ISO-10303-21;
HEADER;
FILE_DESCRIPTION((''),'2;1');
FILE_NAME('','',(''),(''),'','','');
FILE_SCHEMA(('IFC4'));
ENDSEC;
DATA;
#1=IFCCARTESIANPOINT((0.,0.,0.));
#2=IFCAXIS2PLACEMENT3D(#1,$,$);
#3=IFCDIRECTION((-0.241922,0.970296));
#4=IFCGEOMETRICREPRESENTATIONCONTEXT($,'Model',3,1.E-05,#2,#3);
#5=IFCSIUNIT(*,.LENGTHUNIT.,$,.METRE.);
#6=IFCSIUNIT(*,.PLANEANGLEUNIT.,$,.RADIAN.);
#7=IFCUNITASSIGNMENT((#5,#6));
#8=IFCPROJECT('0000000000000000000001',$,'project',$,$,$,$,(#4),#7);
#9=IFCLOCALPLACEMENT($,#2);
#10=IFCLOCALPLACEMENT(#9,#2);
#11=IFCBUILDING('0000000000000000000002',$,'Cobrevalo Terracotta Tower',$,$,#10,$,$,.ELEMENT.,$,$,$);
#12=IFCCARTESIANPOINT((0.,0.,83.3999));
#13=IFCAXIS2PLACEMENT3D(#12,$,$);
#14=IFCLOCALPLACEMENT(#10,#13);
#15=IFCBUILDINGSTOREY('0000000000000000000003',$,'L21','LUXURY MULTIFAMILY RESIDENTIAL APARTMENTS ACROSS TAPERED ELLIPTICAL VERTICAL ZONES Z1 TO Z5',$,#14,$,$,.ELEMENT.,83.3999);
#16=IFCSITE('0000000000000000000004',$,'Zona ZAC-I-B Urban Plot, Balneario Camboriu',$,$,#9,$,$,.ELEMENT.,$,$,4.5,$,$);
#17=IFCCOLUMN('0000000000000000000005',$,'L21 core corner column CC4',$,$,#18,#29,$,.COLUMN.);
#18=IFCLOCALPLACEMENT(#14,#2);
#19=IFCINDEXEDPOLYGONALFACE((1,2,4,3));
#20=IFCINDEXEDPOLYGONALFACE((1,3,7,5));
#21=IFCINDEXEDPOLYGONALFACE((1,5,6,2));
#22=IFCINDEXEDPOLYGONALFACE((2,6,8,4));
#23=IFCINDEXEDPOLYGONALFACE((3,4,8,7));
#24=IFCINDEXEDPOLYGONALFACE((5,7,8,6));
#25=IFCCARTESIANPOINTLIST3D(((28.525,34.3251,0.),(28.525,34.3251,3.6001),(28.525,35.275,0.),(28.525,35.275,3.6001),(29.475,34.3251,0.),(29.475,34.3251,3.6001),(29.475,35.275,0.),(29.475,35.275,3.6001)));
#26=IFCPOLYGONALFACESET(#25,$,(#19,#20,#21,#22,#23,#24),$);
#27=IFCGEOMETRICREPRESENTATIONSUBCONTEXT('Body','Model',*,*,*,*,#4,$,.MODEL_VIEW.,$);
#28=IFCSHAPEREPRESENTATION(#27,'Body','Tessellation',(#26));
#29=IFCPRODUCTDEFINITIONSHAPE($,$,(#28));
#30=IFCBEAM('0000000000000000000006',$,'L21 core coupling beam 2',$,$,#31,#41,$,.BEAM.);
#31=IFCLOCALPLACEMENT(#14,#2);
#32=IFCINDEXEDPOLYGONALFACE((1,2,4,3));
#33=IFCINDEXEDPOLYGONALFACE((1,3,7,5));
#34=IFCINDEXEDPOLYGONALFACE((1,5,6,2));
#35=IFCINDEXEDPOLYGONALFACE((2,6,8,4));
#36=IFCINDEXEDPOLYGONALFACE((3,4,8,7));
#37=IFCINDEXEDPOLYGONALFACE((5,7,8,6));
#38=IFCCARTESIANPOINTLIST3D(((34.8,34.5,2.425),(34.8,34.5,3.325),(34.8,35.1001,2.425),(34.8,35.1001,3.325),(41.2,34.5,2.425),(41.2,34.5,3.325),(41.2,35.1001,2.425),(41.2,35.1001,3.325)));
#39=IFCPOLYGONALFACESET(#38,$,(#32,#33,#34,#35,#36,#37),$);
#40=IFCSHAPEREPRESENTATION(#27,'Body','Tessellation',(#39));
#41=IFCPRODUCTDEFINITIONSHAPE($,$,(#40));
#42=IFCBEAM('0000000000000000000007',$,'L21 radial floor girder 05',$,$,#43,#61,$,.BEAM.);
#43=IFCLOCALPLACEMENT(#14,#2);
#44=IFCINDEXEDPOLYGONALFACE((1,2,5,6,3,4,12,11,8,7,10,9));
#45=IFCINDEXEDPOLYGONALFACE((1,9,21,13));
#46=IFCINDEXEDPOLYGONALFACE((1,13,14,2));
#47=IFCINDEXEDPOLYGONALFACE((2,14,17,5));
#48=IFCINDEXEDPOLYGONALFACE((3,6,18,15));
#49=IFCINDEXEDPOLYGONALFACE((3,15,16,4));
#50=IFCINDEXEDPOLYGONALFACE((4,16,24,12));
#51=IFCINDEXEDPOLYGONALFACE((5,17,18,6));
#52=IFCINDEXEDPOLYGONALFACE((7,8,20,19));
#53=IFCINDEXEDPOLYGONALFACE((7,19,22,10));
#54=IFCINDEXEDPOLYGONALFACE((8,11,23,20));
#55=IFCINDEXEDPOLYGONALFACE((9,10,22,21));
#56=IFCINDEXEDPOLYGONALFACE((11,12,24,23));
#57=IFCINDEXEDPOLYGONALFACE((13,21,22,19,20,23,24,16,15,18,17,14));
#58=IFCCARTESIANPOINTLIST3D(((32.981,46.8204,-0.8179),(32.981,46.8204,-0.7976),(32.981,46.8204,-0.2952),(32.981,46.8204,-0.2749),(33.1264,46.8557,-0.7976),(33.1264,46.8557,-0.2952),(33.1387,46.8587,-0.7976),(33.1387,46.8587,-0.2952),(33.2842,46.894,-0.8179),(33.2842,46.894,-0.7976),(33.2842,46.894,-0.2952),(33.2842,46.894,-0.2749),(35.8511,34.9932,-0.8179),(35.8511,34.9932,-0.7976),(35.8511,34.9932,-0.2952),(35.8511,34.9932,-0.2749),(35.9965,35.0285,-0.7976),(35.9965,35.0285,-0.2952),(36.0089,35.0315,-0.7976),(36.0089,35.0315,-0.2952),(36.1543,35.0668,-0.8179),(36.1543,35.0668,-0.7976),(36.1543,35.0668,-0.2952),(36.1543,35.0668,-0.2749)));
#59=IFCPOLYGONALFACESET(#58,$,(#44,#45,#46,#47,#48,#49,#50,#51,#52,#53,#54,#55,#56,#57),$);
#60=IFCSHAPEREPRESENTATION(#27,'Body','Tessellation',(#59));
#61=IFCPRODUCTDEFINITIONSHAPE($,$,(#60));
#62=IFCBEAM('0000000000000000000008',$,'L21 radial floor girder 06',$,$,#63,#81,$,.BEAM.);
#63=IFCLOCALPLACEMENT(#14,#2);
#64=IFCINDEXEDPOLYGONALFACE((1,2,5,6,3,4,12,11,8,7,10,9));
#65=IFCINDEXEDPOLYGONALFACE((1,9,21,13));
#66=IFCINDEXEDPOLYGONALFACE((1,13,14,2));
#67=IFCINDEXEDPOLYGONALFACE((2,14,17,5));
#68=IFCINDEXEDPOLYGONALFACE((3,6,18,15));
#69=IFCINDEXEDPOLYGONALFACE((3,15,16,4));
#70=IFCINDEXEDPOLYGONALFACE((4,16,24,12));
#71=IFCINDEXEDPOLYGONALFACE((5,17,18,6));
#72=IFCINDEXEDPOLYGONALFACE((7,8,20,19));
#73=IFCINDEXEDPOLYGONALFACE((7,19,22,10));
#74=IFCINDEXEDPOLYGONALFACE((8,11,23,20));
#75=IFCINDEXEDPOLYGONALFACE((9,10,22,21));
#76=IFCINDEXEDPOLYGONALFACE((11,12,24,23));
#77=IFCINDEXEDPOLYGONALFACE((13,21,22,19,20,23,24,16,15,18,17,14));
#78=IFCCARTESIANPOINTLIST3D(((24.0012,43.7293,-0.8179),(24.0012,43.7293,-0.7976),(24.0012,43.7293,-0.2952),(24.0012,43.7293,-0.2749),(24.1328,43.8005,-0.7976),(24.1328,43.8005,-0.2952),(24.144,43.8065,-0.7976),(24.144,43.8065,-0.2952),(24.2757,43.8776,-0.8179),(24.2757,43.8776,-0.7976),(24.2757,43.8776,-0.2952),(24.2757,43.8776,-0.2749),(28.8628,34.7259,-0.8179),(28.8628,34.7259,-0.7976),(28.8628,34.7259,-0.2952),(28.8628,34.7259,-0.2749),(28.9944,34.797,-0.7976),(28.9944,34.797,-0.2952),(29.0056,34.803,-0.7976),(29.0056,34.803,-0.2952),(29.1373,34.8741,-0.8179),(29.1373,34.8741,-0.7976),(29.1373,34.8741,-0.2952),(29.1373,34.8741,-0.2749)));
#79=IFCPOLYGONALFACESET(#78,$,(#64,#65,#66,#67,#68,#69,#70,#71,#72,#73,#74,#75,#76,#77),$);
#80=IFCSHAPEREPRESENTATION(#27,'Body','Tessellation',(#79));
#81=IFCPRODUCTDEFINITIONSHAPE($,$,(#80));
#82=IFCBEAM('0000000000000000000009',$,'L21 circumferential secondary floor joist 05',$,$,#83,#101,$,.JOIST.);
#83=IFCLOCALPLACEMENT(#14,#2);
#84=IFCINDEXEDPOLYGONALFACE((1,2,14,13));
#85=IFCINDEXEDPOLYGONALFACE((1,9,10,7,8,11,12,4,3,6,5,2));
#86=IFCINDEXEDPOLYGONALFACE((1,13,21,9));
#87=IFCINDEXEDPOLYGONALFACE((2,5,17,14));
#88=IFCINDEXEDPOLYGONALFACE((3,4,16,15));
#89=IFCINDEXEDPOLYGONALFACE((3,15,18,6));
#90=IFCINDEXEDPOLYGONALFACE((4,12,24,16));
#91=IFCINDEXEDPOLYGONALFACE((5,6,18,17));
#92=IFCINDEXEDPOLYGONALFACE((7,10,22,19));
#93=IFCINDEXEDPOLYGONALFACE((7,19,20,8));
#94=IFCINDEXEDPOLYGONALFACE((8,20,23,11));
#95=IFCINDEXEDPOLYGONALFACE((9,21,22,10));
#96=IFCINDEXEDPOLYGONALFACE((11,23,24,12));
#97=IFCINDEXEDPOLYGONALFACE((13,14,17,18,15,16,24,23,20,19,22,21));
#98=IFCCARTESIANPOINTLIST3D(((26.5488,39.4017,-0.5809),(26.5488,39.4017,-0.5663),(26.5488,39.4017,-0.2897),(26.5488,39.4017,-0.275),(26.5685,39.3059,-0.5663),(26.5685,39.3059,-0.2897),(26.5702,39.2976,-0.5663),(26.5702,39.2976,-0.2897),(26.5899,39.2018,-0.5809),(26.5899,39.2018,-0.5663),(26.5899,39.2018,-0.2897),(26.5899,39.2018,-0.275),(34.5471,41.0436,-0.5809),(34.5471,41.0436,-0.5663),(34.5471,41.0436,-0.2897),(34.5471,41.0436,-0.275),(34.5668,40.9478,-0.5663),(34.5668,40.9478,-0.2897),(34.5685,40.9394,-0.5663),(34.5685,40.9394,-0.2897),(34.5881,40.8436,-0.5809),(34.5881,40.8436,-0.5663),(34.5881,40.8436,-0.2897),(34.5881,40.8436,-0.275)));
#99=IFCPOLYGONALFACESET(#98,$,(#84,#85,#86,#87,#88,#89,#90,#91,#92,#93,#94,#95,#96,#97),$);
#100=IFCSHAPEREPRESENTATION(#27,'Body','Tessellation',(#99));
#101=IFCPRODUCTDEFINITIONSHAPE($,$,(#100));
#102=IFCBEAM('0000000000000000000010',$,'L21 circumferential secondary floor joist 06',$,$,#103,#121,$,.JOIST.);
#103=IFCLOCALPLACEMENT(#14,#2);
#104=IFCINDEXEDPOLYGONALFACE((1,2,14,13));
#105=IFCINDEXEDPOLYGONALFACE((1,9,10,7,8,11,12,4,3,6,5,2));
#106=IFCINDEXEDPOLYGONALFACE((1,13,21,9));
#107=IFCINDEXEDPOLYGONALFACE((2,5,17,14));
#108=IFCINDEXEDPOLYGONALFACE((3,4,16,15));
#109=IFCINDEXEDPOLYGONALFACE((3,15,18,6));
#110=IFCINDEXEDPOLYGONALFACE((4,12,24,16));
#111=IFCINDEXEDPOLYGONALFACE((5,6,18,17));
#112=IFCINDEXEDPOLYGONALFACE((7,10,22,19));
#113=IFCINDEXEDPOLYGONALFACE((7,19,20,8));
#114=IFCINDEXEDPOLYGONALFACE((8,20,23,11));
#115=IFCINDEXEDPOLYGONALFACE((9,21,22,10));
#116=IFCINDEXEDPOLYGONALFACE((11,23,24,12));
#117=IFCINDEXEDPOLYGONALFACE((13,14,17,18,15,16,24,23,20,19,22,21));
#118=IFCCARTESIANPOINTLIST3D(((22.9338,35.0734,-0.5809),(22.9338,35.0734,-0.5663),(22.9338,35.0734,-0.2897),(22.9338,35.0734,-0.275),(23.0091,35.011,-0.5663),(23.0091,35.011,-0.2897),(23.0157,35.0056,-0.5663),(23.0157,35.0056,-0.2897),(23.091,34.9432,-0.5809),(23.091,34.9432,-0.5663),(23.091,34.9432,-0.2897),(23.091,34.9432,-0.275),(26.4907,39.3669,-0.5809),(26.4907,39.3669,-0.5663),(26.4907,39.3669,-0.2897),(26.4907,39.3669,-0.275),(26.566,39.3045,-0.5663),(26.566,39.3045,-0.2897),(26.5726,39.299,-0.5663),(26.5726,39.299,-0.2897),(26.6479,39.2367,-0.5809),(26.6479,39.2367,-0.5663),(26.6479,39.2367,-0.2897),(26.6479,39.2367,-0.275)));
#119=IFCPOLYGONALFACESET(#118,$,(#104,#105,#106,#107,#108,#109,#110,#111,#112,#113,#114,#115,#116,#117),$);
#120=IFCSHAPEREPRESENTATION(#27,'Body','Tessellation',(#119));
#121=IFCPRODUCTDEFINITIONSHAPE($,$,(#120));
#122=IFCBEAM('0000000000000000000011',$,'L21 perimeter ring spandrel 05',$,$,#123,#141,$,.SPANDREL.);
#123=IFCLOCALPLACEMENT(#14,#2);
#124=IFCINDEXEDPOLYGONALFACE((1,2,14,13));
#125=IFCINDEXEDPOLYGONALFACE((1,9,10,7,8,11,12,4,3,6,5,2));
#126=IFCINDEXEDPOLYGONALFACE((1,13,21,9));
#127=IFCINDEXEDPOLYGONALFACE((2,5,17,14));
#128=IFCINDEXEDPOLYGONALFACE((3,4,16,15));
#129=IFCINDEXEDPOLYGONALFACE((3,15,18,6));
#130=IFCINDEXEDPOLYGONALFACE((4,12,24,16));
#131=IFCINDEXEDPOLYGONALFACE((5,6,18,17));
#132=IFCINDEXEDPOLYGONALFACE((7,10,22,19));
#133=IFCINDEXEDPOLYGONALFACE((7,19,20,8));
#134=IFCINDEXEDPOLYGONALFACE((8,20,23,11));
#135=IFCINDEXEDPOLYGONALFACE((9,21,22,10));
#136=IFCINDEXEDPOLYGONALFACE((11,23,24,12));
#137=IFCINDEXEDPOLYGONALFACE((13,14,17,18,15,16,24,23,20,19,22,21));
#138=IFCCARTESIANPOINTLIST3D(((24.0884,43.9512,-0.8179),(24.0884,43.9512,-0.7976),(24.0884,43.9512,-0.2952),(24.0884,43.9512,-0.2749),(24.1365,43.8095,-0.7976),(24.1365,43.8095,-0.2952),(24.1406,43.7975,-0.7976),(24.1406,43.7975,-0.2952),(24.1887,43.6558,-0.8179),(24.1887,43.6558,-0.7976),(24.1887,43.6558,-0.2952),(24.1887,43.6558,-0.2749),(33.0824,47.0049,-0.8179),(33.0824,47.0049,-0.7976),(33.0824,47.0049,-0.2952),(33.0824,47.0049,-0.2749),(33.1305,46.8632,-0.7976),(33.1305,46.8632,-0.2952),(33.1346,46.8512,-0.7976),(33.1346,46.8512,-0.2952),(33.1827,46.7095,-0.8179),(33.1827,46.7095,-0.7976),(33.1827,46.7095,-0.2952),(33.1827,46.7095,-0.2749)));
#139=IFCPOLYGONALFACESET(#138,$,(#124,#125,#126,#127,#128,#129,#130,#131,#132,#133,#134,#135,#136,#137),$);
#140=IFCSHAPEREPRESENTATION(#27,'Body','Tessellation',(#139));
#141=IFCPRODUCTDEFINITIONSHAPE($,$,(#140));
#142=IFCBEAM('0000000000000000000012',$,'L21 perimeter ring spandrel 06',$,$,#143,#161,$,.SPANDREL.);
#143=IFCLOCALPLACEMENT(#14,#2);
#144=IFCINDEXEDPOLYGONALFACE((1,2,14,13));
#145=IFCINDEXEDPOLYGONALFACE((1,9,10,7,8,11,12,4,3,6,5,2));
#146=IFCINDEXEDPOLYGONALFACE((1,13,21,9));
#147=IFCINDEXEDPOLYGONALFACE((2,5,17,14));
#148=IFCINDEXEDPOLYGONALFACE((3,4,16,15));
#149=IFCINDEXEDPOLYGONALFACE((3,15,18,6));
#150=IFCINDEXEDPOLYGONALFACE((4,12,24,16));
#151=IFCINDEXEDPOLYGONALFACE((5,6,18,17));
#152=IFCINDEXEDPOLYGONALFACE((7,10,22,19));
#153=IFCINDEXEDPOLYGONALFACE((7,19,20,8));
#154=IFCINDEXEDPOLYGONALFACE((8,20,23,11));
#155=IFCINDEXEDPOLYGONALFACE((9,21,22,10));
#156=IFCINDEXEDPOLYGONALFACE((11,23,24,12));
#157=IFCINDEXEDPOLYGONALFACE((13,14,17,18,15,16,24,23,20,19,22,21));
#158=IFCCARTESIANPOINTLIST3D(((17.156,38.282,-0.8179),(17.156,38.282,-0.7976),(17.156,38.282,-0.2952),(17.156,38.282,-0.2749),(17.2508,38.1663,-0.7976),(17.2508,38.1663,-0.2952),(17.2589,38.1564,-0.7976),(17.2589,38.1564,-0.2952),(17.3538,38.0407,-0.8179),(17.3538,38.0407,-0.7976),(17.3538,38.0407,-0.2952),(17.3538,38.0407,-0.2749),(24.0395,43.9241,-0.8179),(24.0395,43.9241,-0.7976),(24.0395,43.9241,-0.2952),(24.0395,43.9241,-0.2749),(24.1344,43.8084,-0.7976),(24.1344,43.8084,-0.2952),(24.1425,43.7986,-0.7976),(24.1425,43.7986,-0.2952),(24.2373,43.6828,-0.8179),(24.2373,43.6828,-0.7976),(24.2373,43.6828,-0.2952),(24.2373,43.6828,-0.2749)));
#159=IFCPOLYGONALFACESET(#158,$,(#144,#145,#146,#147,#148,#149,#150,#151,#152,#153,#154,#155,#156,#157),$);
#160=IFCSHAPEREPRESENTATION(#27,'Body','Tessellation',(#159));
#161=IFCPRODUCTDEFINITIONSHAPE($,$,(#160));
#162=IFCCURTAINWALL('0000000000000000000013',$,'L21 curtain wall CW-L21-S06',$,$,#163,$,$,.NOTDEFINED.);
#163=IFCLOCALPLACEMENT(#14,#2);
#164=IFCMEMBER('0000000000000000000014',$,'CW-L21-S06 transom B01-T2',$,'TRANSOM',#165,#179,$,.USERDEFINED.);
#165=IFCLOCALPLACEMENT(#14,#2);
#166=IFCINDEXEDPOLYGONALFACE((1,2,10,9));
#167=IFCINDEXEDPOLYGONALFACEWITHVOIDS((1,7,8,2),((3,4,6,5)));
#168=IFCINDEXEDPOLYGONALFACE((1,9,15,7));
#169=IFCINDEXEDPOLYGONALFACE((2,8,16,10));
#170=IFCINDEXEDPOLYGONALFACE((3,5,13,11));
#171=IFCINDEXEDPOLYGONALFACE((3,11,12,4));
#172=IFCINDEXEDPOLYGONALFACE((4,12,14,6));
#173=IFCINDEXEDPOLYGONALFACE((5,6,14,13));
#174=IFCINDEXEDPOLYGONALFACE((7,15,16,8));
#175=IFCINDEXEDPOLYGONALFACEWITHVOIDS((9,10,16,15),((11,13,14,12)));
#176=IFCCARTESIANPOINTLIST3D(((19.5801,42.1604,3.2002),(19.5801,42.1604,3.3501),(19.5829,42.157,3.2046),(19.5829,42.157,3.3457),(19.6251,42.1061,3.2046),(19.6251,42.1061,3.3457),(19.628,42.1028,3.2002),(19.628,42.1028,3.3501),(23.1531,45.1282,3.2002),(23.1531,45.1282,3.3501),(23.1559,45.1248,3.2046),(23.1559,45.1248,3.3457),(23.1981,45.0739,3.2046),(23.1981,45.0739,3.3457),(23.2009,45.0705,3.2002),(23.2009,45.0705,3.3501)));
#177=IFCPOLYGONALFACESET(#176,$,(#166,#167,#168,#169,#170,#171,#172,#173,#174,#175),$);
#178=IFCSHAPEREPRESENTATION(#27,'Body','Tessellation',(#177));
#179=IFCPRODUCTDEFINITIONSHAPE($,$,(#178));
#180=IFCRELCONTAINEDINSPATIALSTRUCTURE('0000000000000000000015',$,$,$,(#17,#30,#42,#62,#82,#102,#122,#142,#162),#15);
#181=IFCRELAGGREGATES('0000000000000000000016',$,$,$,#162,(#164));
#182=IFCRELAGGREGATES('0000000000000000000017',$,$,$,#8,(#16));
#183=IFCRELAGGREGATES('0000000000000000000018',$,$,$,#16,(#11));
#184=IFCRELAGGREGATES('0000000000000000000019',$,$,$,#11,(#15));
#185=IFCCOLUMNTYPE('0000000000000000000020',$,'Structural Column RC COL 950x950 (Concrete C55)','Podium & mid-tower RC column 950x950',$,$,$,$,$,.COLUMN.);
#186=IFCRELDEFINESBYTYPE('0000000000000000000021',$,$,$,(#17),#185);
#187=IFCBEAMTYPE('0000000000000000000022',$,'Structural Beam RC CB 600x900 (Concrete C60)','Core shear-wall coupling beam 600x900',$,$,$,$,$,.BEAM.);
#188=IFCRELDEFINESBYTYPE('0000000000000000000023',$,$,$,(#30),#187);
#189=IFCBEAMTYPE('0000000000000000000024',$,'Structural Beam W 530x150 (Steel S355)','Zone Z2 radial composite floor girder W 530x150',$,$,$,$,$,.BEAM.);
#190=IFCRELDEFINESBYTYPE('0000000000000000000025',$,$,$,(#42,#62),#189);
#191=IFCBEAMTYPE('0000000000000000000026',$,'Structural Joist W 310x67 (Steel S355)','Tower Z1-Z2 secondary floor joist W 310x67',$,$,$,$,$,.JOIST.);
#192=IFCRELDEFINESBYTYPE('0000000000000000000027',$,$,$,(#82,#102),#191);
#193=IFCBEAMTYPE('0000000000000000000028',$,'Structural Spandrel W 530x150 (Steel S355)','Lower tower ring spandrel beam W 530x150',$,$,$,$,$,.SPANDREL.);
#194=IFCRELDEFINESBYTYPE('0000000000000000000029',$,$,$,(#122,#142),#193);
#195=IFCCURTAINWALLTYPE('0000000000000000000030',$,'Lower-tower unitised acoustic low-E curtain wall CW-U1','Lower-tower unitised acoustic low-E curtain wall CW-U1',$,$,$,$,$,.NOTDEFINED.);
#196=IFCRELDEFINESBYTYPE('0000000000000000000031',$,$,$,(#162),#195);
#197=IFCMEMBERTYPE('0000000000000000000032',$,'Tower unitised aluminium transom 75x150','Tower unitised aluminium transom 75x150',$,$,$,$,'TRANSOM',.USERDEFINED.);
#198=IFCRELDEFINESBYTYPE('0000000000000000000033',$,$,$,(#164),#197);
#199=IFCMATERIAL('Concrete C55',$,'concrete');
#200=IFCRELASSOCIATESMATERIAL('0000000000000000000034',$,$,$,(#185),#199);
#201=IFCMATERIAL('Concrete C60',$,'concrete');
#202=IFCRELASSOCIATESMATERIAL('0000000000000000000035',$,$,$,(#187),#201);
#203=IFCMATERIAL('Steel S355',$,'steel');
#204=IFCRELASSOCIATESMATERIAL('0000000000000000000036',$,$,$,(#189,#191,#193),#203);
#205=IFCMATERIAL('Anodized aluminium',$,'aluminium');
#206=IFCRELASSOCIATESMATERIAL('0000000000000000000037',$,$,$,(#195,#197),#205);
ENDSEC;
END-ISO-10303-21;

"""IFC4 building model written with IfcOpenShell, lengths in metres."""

from ifc_helpers import new_model, si_unit, direction, frame, origin, origin_2d, place, context, subcontext, project, spatial, rectangle, hollow_rectangle, i_section, extrude, source, transform, mapped, material, material_profile, profile_set, type_object, element, aggregate, save


model = new_model("IFC4")

# Units and contexts
model_context = context("Model", 3, precision=1e-05, world=origin(), true_north=direction((-0.241922, 0.970296)))
body_context = subcontext(model_context, "Body", "Model", "MODEL_VIEW")
ifc_project = project(units=[si_unit("LENGTHUNIT", "METRE"), si_unit("PLANEANGLEUNIT", "RADIAN")], contexts=[model_context])

# Site, building, storey
site_placement = place(None, origin())
site = spatial("IfcSite", under=ifc_project, at=site_placement, Name="Zona ZAC-I-B Urban Plot, Balneario Camboriu", CompositionType="ELEMENT", RefElevation=4.5)
building_placement = place(site_placement, origin())
building = spatial("IfcBuilding", under=site, at=building_placement, Name="Cobrevalo Terracotta Tower", CompositionType="ELEMENT")
storey_placement = place(building_placement, frame((0.0, 0.0, 83.3999)))
storey = spatial("IfcBuildingStorey", under=building, at=storey_placement, Name="L21", Description="LUXURY MULTIFAMILY RESIDENTIAL APARTMENTS ACROSS TAPERED ELLIPTICAL VERTICAL ZONES Z1 TO Z5", CompositionType="ELEMENT", Elevation=83.3999)

# Column
ifc_material_1 = material(Name="Steel S355", Category="steel")
ifc_material_2 = material(Name="Concrete C55", Category="concrete")
ifc_material_profile_1 = material_profile(ifc_material_2, rectangle(XDim=0.95, YDim=0.95, at=origin_2d()), Name="RC COL 950x950")
ifc_profile_set_1 = profile_set([ifc_material_profile_1], Name="Concrete C55")
column_type_1 = type_object("IfcColumnType", Name="Structural Column RC COL 950x950 (Concrete C55)", Description="Podium & mid-tower RC column 950x950", PredefinedType="COLUMN", material=ifc_profile_set_1)
column_placement = place(storey_placement, frame((29.0, 34.8, 0.0), z_axis=(0.0, 0.0, 1.0), x_axis=(1.0, 0.0, 0.0)))
element("IfcColumn", 1, at=column_placement, inside=storey, type_object=column_type_1, Name="L21 core corner column CC4", PredefinedType="COLUMN", context=body_context, shape_type="SweptSolid", body=[
    extrude(rectangle(XDim=0.95, YDim=0.95, at=origin_2d()), origin(), (0.0, 0.0, 1.0), 3.6001),
])

# Beams
ifc_material_3 = material(Name="Concrete C60", Category="concrete")
ifc_material_profile_2 = material_profile(ifc_material_3, rectangle(XDim=0.6001, YDim=0.8999, at=origin_2d()), Name="RC CB 600x900")
ifc_profile_set_2 = profile_set([ifc_material_profile_2], Name="Concrete C60")
beam_type_1 = type_object("IfcBeamType", Name="Structural Beam RC CB 600x900 (Concrete C60)", Description="Core shear-wall coupling beam 600x900", PredefinedType="BEAM", material=ifc_profile_set_2)
beam_1_placement = place(storey_placement, frame((34.8, 34.8, 2.875), z_axis=(1.0, 0.0, 0.0), x_axis=(0.0, 1.0, 0.0)))
element("IfcBeam", 2, at=beam_1_placement, inside=storey, type_object=beam_type_1, Name="L21 core coupling beam 2", PredefinedType="BEAM", context=body_context, shape_type="SweptSolid", body=[
    extrude(rectangle(XDim=0.6001, YDim=0.8999, at=origin_2d()), origin(), (0.0, 0.0, 1.0), 6.3999),
])
ifc_material_profile_3 = material_profile(ifc_material_1, i_section(OverallWidth=0.312, OverallDepth=0.543, WebThickness=0.0127, FlangeThickness=0.0203, at=origin_2d()), Name="W 530x150")
ifc_profile_set_3 = profile_set([ifc_material_profile_3], Name="Steel S355")
beam_type_2 = type_object("IfcBeamType", Name="Structural Beam W 530x150 (Steel S355)", Description="Zone Z2 radial composite floor girder W 530x150", PredefinedType="BEAM", material=ifc_profile_set_3)
beam_2_placement = place(storey_placement, frame((33.1326, 46.8572, -0.5464), z_axis=(0.235827, -0.971795, 0.0), x_axis=(0.971795, 0.235827, 0.0)))
element("IfcBeam", 3, at=beam_2_placement, inside=storey, type_object=beam_type_2, Name="L21 radial floor girder 05", PredefinedType="BEAM", context=body_context, shape_type="SweptSolid", body=[
    extrude(i_section(OverallWidth=0.312, OverallDepth=0.543, WebThickness=0.0127, FlangeThickness=0.0203, at=origin_2d()), origin(), (0.0, 0.0, 1.0), 12.1704),
])
beam_3_placement = place(storey_placement, frame((24.1384, 43.8035, -0.5464), z_axis=(0.475128, -0.879917, 0.0), x_axis=(0.879917, 0.475128, 0.0)))
element("IfcBeam", 4, at=beam_3_placement, inside=storey, type_object=beam_type_2, Name="L21 radial floor girder 06", PredefinedType="BEAM", context=body_context, shape_type="SweptSolid", body=[
    extrude(i_section(OverallWidth=0.312, OverallDepth=0.543, WebThickness=0.0127, FlangeThickness=0.0203, at=origin_2d()), origin(), (0.0, 0.0, 1.0), 10.2322),
])
ifc_material_profile_4 = material_profile(ifc_material_1, i_section(OverallWidth=0.2041, OverallDepth=0.3059, WebThickness=0.0085, FlangeThickness=0.0146, at=origin_2d()), Name="W 310x67")
ifc_profile_set_4 = profile_set([ifc_material_profile_4], Name="Steel S355")
beam_type_3 = type_object("IfcBeamType", Name="Structural Joist W 310x67 (Steel S355)", Description="Tower Z1-Z2 secondary floor joist W 310x67", PredefinedType="JOIST", material=ifc_profile_set_4)
beam_4_placement = place(storey_placement, frame((34.5676, 40.9436, -0.428), z_axis=(-0.979574, -0.201082, 0.0), x_axis=(0.201082, -0.979574, 0.0)))
element("IfcBeam", 5, at=beam_4_placement, inside=storey, type_object=beam_type_3, Name="L21 circumferential secondary floor joist 05", PredefinedType="JOIST", context=body_context, shape_type="SweptSolid", body=[
    extrude(i_section(OverallWidth=0.2041, OverallDepth=0.3059, WebThickness=0.0085, FlangeThickness=0.0146, at=origin_2d()), origin(), (0.0, 0.0, 1.0), 8.165),
])
beam_5_placement = place(storey_placement, frame((26.5693, 39.3018, -0.428), z_axis=(-0.637959, -0.77007, 0.0), x_axis=(0.77007, -0.637959, 0.0)))
element("IfcBeam", 6, at=beam_5_placement, inside=storey, type_object=beam_type_3, Name="L21 circumferential secondary floor joist 06", PredefinedType="JOIST", context=body_context, shape_type="SweptSolid", body=[
    extrude(i_section(OverallWidth=0.2041, OverallDepth=0.3059, WebThickness=0.0085, FlangeThickness=0.0146, at=origin_2d()), origin(), (0.0, 0.0, 1.0), 5.5754),
])
ifc_material_profile_5 = material_profile(ifc_material_1, i_section(OverallWidth=0.312, OverallDepth=0.543, WebThickness=0.0127, FlangeThickness=0.0203, at=origin_2d()), Name="W 530x150")
ifc_profile_set_5 = profile_set([ifc_material_profile_5], Name="Steel S355")
beam_type_4 = type_object("IfcBeamType", Name="Structural Spandrel W 530x150 (Steel S355)", Description="Lower tower ring spandrel beam W 530x150", PredefinedType="SPANDREL", material=ifc_profile_set_5)
beam_6_placement = place(storey_placement, frame((33.1326, 46.8572, -0.5464), z_axis=(-0.946911, -0.321497, 0.0), x_axis=(0.321497, -0.946911, 0.0)))
element("IfcBeam", 7, at=beam_6_placement, inside=storey, type_object=beam_type_4, Name="L21 perimeter ring spandrel 05", PredefinedType="SPANDREL", context=body_context, shape_type="SweptSolid", body=[
    extrude(i_section(OverallWidth=0.312, OverallDepth=0.543, WebThickness=0.0127, FlangeThickness=0.0203, at=origin_2d()), origin(), (0.0, 0.0, 1.0), 9.4983),
])
beam_7_placement = place(storey_placement, frame((24.1384, 43.8035, -0.5464), z_axis=(-0.773401, -0.633917, 0.0), x_axis=(0.633917, -0.773401, 0.0)))
element("IfcBeam", 8, at=beam_7_placement, inside=storey, type_object=beam_type_4, Name="L21 perimeter ring spandrel 06", PredefinedType="SPANDREL", context=body_context, shape_type="SweptSolid", body=[
    extrude(i_section(OverallWidth=0.312, OverallDepth=0.543, WebThickness=0.0127, FlangeThickness=0.0203, at=origin_2d()), origin(), (0.0, 0.0, 1.0), 8.9004),
])

# Curtain wall, member
ifc_material_4 = material(Name="Anodized aluminium", Category="aluminium")
curtain_wall_type = type_object("IfcCurtainWallType", Name="Lower-tower unitised acoustic low-E curtain wall CW-U1", Description="Lower-tower unitised acoustic low-E curtain wall CW-U1", PredefinedType="NOTDEFINED", material=ifc_material_4)
curtain_wall_1_placement = place(storey_placement, origin())
curtain_wall_1 = element("IfcCurtainWall", 9, at=curtain_wall_1_placement, inside=storey, type_object=curtain_wall_type, Name="L21 curtain wall CW-L21-S06", PredefinedType="NOTDEFINED")
ifc_material_profile_6 = material_profile(ifc_material_4, hollow_rectangle(XDim=0.075, YDim=0.1499, WallThickness=0.0044, at=origin_2d()), Name="CWT 75x150")
ifc_profile_set_6 = profile_set([ifc_material_profile_6], Name="Anodized aluminium")
member_type_1 = type_object("IfcMemberType", Name="Tower unitised aluminium transom 75x150", Description="Tower unitised aluminium transom 75x150", ElementType="TRANSOM", PredefinedType="USERDEFINED", material=ifc_profile_set_6)
shared_shape_1 = source(origin(), body_context, "Body", "SweptSolid", [
    extrude(hollow_rectangle(XDim=0.075, YDim=0.1499, WallThickness=0.0044, at=origin_2d()), origin(), (0.0, 0.0, 1.0), 4.6448),
])
member_1_placement = place(storey_placement, frame((23.177, 45.0994, 3.2751), z_axis=(-0.76925, -0.638948, 0.0), x_axis=(0.638948, -0.76925, 0.0)))
member_1 = element("IfcMember", 10, at=member_1_placement, type_object=member_type_1, Name="CW-L21-S06 transom B01-T2", ObjectType="TRANSOM", PredefinedType="USERDEFINED", context=body_context, shape_type="MappedRepresentation", body=[
    mapped(shared_shape_1, transform((0.0, 0.0, 0.0), scale=1.0)),
])

aggregate(curtain_wall_1, [member_1])

save(model, "model.ifc")
